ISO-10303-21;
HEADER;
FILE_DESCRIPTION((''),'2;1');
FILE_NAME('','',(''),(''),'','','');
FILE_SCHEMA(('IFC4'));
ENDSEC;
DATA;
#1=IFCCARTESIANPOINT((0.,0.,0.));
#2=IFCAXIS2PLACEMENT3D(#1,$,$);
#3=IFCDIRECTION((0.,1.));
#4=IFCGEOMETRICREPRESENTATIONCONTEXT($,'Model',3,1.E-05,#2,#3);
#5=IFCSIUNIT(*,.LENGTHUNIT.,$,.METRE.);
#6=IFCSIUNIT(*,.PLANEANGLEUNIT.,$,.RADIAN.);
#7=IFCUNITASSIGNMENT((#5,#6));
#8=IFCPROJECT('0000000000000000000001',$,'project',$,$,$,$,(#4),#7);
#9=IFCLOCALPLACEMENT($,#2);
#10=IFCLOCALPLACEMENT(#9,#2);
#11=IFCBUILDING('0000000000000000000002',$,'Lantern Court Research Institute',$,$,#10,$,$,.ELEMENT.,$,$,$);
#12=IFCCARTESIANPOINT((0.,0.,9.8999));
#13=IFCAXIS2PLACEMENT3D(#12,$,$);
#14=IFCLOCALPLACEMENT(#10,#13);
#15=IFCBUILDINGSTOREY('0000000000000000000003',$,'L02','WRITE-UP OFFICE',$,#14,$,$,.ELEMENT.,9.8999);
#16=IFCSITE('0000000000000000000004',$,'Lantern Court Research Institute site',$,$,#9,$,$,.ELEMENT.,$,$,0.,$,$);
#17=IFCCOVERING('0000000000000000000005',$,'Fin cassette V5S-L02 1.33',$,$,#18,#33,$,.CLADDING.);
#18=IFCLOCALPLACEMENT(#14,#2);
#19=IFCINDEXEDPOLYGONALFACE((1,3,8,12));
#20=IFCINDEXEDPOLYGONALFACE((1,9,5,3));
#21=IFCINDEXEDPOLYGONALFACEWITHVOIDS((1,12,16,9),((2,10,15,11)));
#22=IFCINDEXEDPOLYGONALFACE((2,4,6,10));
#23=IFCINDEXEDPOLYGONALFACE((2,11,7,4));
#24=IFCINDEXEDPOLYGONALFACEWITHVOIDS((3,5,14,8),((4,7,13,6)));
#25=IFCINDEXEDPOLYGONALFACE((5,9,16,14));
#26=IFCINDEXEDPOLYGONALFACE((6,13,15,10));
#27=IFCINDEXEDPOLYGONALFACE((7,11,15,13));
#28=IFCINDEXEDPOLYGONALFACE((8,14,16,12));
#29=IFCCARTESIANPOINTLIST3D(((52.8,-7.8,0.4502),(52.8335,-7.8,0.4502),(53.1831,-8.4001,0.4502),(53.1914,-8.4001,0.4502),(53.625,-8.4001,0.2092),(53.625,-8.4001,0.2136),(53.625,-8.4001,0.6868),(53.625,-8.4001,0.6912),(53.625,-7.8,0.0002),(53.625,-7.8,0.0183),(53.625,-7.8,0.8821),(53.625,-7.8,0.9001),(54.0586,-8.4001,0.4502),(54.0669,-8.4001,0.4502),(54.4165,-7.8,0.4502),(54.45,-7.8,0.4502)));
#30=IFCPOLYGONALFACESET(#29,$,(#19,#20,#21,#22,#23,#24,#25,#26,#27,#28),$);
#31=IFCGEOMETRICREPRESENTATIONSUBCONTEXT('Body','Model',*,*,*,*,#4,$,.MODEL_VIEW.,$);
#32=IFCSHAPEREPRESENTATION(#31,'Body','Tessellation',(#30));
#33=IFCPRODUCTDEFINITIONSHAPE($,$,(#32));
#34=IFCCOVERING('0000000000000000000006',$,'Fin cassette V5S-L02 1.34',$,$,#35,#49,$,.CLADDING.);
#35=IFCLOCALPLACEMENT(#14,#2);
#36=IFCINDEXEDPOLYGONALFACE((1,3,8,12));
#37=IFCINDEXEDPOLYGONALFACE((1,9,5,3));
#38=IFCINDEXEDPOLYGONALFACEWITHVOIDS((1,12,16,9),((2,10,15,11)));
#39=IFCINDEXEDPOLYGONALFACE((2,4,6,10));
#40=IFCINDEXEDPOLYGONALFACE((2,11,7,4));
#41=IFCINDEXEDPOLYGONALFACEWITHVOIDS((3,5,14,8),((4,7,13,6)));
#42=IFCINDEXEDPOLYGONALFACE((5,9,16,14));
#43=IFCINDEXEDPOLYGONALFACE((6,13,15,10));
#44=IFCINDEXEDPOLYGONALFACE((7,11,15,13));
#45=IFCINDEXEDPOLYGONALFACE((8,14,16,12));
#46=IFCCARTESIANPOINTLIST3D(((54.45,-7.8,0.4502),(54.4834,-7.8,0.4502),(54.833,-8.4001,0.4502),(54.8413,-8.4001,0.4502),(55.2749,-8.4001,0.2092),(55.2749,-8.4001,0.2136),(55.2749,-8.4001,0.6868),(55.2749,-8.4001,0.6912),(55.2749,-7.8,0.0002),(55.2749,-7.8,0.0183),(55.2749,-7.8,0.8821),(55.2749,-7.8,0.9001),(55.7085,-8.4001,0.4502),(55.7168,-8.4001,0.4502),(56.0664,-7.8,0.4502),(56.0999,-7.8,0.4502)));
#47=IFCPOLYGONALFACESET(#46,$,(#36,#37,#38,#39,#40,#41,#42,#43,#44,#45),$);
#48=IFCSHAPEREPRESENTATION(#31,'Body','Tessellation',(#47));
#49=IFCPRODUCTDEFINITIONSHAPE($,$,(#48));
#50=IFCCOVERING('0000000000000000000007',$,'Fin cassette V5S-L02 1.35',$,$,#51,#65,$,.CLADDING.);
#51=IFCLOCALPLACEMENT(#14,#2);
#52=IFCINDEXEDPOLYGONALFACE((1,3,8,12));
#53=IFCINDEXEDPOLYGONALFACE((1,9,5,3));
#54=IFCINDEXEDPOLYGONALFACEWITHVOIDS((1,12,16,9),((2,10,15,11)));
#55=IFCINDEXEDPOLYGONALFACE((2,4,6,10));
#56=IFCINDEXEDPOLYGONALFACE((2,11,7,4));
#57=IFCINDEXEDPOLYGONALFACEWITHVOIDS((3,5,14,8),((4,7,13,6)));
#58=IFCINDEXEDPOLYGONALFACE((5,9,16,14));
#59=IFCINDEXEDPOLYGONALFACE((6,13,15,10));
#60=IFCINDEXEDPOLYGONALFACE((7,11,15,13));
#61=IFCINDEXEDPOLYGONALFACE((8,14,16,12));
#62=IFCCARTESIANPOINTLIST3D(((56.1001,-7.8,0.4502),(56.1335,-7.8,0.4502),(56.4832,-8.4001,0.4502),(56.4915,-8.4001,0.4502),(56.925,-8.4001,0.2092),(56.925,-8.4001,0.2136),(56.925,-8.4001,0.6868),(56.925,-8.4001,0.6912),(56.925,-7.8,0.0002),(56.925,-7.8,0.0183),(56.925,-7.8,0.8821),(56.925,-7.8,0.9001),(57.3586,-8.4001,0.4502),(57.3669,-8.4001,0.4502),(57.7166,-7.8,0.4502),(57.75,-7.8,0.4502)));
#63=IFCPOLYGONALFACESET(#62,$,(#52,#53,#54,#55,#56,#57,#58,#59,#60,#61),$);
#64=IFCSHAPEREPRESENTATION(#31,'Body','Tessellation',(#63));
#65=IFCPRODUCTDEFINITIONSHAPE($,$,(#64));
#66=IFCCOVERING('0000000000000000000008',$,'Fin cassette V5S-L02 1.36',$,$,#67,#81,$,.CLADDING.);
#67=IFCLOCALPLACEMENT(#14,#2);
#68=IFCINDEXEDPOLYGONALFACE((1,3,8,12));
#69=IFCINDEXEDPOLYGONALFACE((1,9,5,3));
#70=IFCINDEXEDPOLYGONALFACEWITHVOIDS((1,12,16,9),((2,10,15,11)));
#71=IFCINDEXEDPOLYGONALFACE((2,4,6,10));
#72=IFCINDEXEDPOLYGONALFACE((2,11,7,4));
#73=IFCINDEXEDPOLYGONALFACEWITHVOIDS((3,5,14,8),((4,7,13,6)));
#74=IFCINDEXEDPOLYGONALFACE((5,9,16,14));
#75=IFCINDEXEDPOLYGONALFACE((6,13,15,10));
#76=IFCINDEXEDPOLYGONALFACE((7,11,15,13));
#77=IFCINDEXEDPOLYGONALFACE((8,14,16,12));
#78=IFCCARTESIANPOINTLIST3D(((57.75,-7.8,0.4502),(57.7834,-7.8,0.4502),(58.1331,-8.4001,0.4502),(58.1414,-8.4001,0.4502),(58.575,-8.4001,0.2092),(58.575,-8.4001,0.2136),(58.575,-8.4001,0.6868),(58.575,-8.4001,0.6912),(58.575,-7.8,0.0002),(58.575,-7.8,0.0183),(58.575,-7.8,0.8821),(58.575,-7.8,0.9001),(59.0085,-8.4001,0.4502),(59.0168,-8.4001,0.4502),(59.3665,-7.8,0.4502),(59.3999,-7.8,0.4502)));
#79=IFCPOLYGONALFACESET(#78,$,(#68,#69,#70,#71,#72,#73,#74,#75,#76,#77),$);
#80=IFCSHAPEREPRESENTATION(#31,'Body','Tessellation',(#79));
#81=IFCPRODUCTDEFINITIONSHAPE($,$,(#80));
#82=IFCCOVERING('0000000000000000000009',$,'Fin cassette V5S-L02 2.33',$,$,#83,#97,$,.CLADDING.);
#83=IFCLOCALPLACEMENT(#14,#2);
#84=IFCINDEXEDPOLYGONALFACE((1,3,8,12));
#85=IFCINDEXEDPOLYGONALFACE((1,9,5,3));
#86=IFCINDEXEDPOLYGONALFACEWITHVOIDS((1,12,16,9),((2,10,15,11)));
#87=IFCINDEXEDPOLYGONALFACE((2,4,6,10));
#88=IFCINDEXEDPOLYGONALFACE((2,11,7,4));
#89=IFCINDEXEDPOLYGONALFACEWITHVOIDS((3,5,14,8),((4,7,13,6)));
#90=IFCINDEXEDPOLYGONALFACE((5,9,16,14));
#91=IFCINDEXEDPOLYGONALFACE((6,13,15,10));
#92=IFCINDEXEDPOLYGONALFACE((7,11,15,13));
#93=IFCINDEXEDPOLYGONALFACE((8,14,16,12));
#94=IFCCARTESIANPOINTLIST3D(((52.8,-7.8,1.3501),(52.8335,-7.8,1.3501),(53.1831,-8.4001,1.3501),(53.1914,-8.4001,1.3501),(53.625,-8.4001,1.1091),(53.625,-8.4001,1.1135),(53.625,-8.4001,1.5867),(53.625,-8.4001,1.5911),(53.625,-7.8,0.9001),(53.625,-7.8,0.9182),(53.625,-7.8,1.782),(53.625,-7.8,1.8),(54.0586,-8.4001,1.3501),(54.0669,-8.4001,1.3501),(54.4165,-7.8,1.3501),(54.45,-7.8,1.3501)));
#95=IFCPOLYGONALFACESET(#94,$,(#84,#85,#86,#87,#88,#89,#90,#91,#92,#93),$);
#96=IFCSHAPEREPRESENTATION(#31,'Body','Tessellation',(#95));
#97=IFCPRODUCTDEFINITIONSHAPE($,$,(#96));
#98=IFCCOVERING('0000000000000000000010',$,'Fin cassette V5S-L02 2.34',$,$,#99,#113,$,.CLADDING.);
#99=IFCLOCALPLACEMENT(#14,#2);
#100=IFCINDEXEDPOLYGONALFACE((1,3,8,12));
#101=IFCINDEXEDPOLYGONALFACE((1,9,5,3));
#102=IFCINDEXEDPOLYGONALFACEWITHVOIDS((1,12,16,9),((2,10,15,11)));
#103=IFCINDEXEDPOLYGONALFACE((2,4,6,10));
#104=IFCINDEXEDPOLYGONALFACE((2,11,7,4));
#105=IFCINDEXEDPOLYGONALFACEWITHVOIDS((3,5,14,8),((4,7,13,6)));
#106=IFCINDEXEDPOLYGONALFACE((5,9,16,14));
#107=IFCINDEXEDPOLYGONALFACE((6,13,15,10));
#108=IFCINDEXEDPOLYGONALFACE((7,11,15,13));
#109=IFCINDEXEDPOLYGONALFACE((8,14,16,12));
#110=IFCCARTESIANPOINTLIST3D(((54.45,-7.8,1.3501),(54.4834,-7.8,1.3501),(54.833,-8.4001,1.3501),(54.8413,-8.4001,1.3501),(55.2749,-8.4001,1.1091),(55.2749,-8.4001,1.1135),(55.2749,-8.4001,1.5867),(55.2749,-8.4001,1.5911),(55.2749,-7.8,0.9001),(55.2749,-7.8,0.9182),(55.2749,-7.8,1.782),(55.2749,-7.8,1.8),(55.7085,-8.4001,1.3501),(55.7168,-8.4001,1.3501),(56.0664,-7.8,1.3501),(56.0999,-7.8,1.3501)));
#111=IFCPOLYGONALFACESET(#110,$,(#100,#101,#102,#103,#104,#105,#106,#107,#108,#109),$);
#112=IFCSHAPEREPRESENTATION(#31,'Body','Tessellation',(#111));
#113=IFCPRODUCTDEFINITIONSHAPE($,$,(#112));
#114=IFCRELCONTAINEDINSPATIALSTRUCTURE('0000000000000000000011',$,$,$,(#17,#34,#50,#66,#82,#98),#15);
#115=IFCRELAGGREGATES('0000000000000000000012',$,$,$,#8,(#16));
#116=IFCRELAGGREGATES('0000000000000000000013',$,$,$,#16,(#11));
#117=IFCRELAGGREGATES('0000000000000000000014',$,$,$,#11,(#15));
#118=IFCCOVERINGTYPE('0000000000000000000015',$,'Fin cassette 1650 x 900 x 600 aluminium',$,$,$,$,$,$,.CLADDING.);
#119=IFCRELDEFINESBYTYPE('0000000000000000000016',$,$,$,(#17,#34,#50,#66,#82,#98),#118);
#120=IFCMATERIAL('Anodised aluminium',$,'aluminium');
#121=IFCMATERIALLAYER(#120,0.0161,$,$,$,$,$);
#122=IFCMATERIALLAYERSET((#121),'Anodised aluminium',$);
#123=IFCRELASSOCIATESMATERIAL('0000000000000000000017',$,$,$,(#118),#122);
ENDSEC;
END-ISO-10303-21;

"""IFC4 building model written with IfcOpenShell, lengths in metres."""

from ifc_helpers import new_model, entity, si_unit, direction, frame, origin, place, context, subcontext, project, spatial, material, layer, layer_set, type_object, element, save


model = new_model("IFC4")

# Units and contexts
model_context = context("Model", 3, precision=1e-05, world=origin(), true_north=direction((0.0, 1.0)))
body_context = subcontext(model_context, "Body", "Model", "MODEL_VIEW")
ifc_project = project(units=[si_unit("LENGTHUNIT", "METRE"), si_unit("PLANEANGLEUNIT", "RADIAN")], contexts=[model_context])

# Site, building, storey
site_placement = place(None, origin())
site = spatial("IfcSite", under=ifc_project, at=site_placement, Name="Lantern Court Research Institute site", CompositionType="ELEMENT", RefElevation=0.0)
building_placement = place(site_placement, origin())
building = spatial("IfcBuilding", under=site, at=building_placement, Name="Lantern Court Research Institute", CompositionType="ELEMENT")
storey_placement = place(building_placement, frame((0.0, 0.0, 9.8999)))
storey = spatial("IfcBuildingStorey", under=building, at=storey_placement, Name="L02", Description="WRITE-UP OFFICE", CompositionType="ELEMENT", Elevation=9.8999)

# Coverings
ifc_material = material(Name="Anodised aluminium", Category="aluminium")
ifc_layer = layer(ifc_material, 0.0161)
ifc_layer_set = layer_set([ifc_layer], Name="Anodised aluminium")
covering_type = type_object("IfcCoveringType", Name="Fin cassette 1650 x 900 x 600 aluminium", PredefinedType="CLADDING", material=ifc_layer_set)
covering_1_placement = place(storey_placement, frame((53.625, -7.8, 0.4502), z_axis=(0.0, -1.0, 0.0), x_axis=(1.0, 0.0, 0.0)))
cartesian_point_1 = entity("IfcCartesianPoint", [0.825, 0.0])
cartesian_point_2 = entity("IfcCartesianPoint", [0.7915, 0.0])
cartesian_point_3 = entity("IfcCartesianPoint", [0.4419, 0.0])
cartesian_point_4 = entity("IfcCartesianPoint", [0.4336, 0.0])
element("IfcCovering", 1, at=covering_1_placement, inside=storey, type_object=covering_type, Name="Fin cassette V5S-L02 1.33", PredefinedType="CLADDING", context=body_context, shape_type="SweptSolid", body=[
    entity("IfcExtrudedAreaSolidTapered", entity("IfcArbitraryProfileDefWithVoids", "AREA", None, entity("IfcPolyline", [cartesian_point_1, entity("IfcCartesianPoint", [0.0, 0.45]), entity("IfcCartesianPoint", [-0.825, 0.0]), entity("IfcCartesianPoint", [0.0, -0.45]), cartesian_point_1]), [entity("IfcPolyline", [cartesian_point_2, entity("IfcCartesianPoint", [0.0, 0.4319]), entity("IfcCartesianPoint", [-0.7915, 0.0]), entity("IfcCartesianPoint", [0.0, -0.4319]), cartesian_point_2])]), entity("IfcAxis2Placement3D", entity("IfcCartesianPoint", [0.0, 0.0, 0.0])), entity("IfcDirection", [0.0, 0.0, 1.0]), 0.6001, entity("IfcArbitraryProfileDefWithVoids", "AREA", None, entity("IfcPolyline", [cartesian_point_3, entity("IfcCartesianPoint", [0.0, 0.241]), entity("IfcCartesianPoint", [-0.4419, 0.0]), entity("IfcCartesianPoint", [0.0, -0.241]), cartesian_point_3]), [entity("IfcPolyline", [cartesian_point_4, entity("IfcCartesianPoint", [0.0, 0.2366]), entity("IfcCartesianPoint", [-0.4336, 0.0]), entity("IfcCartesianPoint", [0.0, -0.2366]), cartesian_point_4])])),
])
covering_2_placement = place(storey_placement, frame((55.2749, -7.8, 0.4502), z_axis=(0.0, -1.0, 0.0), x_axis=(1.0, 0.0, 0.0)))
cartesian_point_5 = entity("IfcCartesianPoint", [0.825, 0.0])
cartesian_point_6 = entity("IfcCartesianPoint", [0.7915, 0.0])
cartesian_point_7 = entity("IfcCartesianPoint", [0.4419, 0.0])
cartesian_point_8 = entity("IfcCartesianPoint", [0.4336, 0.0])
element("IfcCovering", 2, at=covering_2_placement, inside=storey, type_object=covering_type, Name="Fin cassette V5S-L02 1.34", PredefinedType="CLADDING", context=body_context, shape_type="SweptSolid", body=[
    entity("IfcExtrudedAreaSolidTapered", entity("IfcArbitraryProfileDefWithVoids", "AREA", None, entity("IfcPolyline", [cartesian_point_5, entity("IfcCartesianPoint", [0.0, 0.45]), entity("IfcCartesianPoint", [-0.825, 0.0]), entity("IfcCartesianPoint", [0.0, -0.45]), cartesian_point_5]), [entity("IfcPolyline", [cartesian_point_6, entity("IfcCartesianPoint", [0.0, 0.4319]), entity("IfcCartesianPoint", [-0.7915, 0.0]), entity("IfcCartesianPoint", [0.0, -0.4319]), cartesian_point_6])]), entity("IfcAxis2Placement3D", entity("IfcCartesianPoint", [0.0, 0.0, 0.0])), entity("IfcDirection", [0.0, 0.0, 1.0]), 0.6001, entity("IfcArbitraryProfileDefWithVoids", "AREA", None, entity("IfcPolyline", [cartesian_point_7, entity("IfcCartesianPoint", [0.0, 0.241]), entity("IfcCartesianPoint", [-0.4419, 0.0]), entity("IfcCartesianPoint", [0.0, -0.241]), cartesian_point_7]), [entity("IfcPolyline", [cartesian_point_8, entity("IfcCartesianPoint", [0.0, 0.2366]), entity("IfcCartesianPoint", [-0.4336, 0.0]), entity("IfcCartesianPoint", [0.0, -0.2366]), cartesian_point_8])])),
])
covering_3_placement = place(storey_placement, frame((56.925, -7.8, 0.4502), z_axis=(0.0, -1.0, 0.0), x_axis=(1.0, 0.0, 0.0)))
cartesian_point_9 = entity("IfcCartesianPoint", [0.825, 0.0])
cartesian_point_10 = entity("IfcCartesianPoint", [0.7915, 0.0])
cartesian_point_11 = entity("IfcCartesianPoint", [0.4419, 0.0])
cartesian_point_12 = entity("IfcCartesianPoint", [0.4336, 0.0])
element("IfcCovering", 3, at=covering_3_placement, inside=storey, type_object=covering_type, Name="Fin cassette V5S-L02 1.35", PredefinedType="CLADDING", context=body_context, shape_type="SweptSolid", body=[
    entity("IfcExtrudedAreaSolidTapered", entity("IfcArbitraryProfileDefWithVoids", "AREA", None, entity("IfcPolyline", [cartesian_point_9, entity("IfcCartesianPoint", [0.0, 0.45]), entity("IfcCartesianPoint", [-0.825, 0.0]), entity("IfcCartesianPoint", [0.0, -0.45]), cartesian_point_9]), [entity("IfcPolyline", [cartesian_point_10, entity("IfcCartesianPoint", [0.0, 0.4319]), entity("IfcCartesianPoint", [-0.7915, 0.0]), entity("IfcCartesianPoint", [0.0, -0.4319]), cartesian_point_10])]), entity("IfcAxis2Placement3D", entity("IfcCartesianPoint", [0.0, 0.0, 0.0])), entity("IfcDirection", [0.0, 0.0, 1.0]), 0.6001, entity("IfcArbitraryProfileDefWithVoids", "AREA", None, entity("IfcPolyline", [cartesian_point_11, entity("IfcCartesianPoint", [0.0, 0.241]), entity("IfcCartesianPoint", [-0.4419, 0.0]), entity("IfcCartesianPoint", [0.0, -0.241]), cartesian_point_11]), [entity("IfcPolyline", [cartesian_point_12, entity("IfcCartesianPoint", [0.0, 0.2366]), entity("IfcCartesianPoint", [-0.4336, 0.0]), entity("IfcCartesianPoint", [0.0, -0.2366]), cartesian_point_12])])),
])
covering_4_placement = place(storey_placement, frame((58.575, -7.8, 0.4502), z_axis=(0.0, -1.0, 0.0), x_axis=(1.0, 0.0, 0.0)))
cartesian_point_13 = entity("IfcCartesianPoint", [0.825, 0.0])
cartesian_point_14 = entity("IfcCartesianPoint", [0.7915, 0.0])
cartesian_point_15 = entity("IfcCartesianPoint", [0.4419, 0.0])
cartesian_point_16 = entity("IfcCartesianPoint", [0.4336, 0.0])
element("IfcCovering", 4, at=covering_4_placement, inside=storey, type_object=covering_type, Name="Fin cassette V5S-L02 1.36", PredefinedType="CLADDING", context=body_context, shape_type="SweptSolid", body=[
    entity("IfcExtrudedAreaSolidTapered", entity("IfcArbitraryProfileDefWithVoids", "AREA", None, entity("IfcPolyline", [cartesian_point_13, entity("IfcCartesianPoint", [0.0, 0.45]), entity("IfcCartesianPoint", [-0.825, 0.0]), entity("IfcCartesianPoint", [0.0, -0.45]), cartesian_point_13]), [entity("IfcPolyline", [cartesian_point_14, entity("IfcCartesianPoint", [0.0, 0.4319]), entity("IfcCartesianPoint", [-0.7915, 0.0]), entity("IfcCartesianPoint", [0.0, -0.4319]), cartesian_point_14])]), entity("IfcAxis2Placement3D", entity("IfcCartesianPoint", [0.0, 0.0, 0.0])), entity("IfcDirection", [0.0, 0.0, 1.0]), 0.6001, entity("IfcArbitraryProfileDefWithVoids", "AREA", None, entity("IfcPolyline", [cartesian_point_15, entity("IfcCartesianPoint", [0.0, 0.241]), entity("IfcCartesianPoint", [-0.4419, 0.0]), entity("IfcCartesianPoint", [0.0, -0.241]), cartesian_point_15]), [entity("IfcPolyline", [cartesian_point_16, entity("IfcCartesianPoint", [0.0, 0.2366]), entity("IfcCartesianPoint", [-0.4336, 0.0]), entity("IfcCartesianPoint", [0.0, -0.2366]), cartesian_point_16])])),
])
covering_5_placement = place(storey_placement, frame((53.625, -7.8, 1.3501), z_axis=(0.0, -1.0, 0.0), x_axis=(1.0, 0.0, 0.0)))
cartesian_point_17 = entity("IfcCartesianPoint", [0.825, 0.0])
cartesian_point_18 = entity("IfcCartesianPoint", [0.7915, 0.0])
cartesian_point_19 = entity("IfcCartesianPoint", [0.4419, 0.0])
cartesian_point_20 = entity("IfcCartesianPoint", [0.4336, 0.0])
element("IfcCovering", 5, at=covering_5_placement, inside=storey, type_object=covering_type, Name="Fin cassette V5S-L02 2.33", PredefinedType="CLADDING", context=body_context, shape_type="SweptSolid", body=[
    entity("IfcExtrudedAreaSolidTapered", entity("IfcArbitraryProfileDefWithVoids", "AREA", None, entity("IfcPolyline", [cartesian_point_17, entity("IfcCartesianPoint", [0.0, 0.45]), entity("IfcCartesianPoint", [-0.825, 0.0]), entity("IfcCartesianPoint", [0.0, -0.45]), cartesian_point_17]), [entity("IfcPolyline", [cartesian_point_18, entity("IfcCartesianPoint", [0.0, 0.4319]), entity("IfcCartesianPoint", [-0.7915, 0.0]), entity("IfcCartesianPoint", [0.0, -0.4319]), cartesian_point_18])]), entity("IfcAxis2Placement3D", entity("IfcCartesianPoint", [0.0, 0.0, 0.0])), entity("IfcDirection", [0.0, 0.0, 1.0]), 0.6001, entity("IfcArbitraryProfileDefWithVoids", "AREA", None, entity("IfcPolyline", [cartesian_point_19, entity("IfcCartesianPoint", [0.0, 0.241]), entity("IfcCartesianPoint", [-0.4419, 0.0]), entity("IfcCartesianPoint", [0.0, -0.241]), cartesian_point_19]), [entity("IfcPolyline", [cartesian_point_20, entity("IfcCartesianPoint", [0.0, 0.2366]), entity("IfcCartesianPoint", [-0.4336, 0.0]), entity("IfcCartesianPoint", [0.0, -0.2366]), cartesian_point_20])])),
])
covering_6_placement = place(storey_placement, frame((55.2749, -7.8, 1.3501), z_axis=(0.0, -1.0, 0.0), x_axis=(1.0, 0.0, 0.0)))
cartesian_point_21 = entity("IfcCartesianPoint", [0.825, 0.0])
cartesian_point_22 = entity("IfcCartesianPoint", [0.7915, 0.0])
cartesian_point_23 = entity("IfcCartesianPoint", [0.4419, 0.0])
cartesian_point_24 = entity("IfcCartesianPoint", [0.4336, 0.0])
element("IfcCovering", 6, at=covering_6_placement, inside=storey, type_object=covering_type, Name="Fin cassette V5S-L02 2.34", PredefinedType="CLADDING", context=body_context, shape_type="SweptSolid", body=[
    entity("IfcExtrudedAreaSolidTapered", entity("IfcArbitraryProfileDefWithVoids", "AREA", None, entity("IfcPolyline", [cartesian_point_21, entity("IfcCartesianPoint", [0.0, 0.45]), entity("IfcCartesianPoint", [-0.825, 0.0]), entity("IfcCartesianPoint", [0.0, -0.45]), cartesian_point_21]), [entity("IfcPolyline", [cartesian_point_22, entity("IfcCartesianPoint", [0.0, 0.4319]), entity("IfcCartesianPoint", [-0.7915, 0.0]), entity("IfcCartesianPoint", [0.0, -0.4319]), cartesian_point_22])]), entity("IfcAxis2Placement3D", entity("IfcCartesianPoint", [0.0, 0.0, 0.0])), entity("IfcDirection", [0.0, 0.0, 1.0]), 0.6001, entity("IfcArbitraryProfileDefWithVoids", "AREA", None, entity("IfcPolyline", [cartesian_point_23, entity("IfcCartesianPoint", [0.0, 0.241]), entity("IfcCartesianPoint", [-0.4419, 0.0]), entity("IfcCartesianPoint", [0.0, -0.241]), cartesian_point_23]), [entity("IfcPolyline", [cartesian_point_24, entity("IfcCartesianPoint", [0.0, 0.2366]), entity("IfcCartesianPoint", [-0.4336, 0.0]), entity("IfcCartesianPoint", [0.0, -0.2366]), cartesian_point_24])])),
])

save(model, "model.ifc")
